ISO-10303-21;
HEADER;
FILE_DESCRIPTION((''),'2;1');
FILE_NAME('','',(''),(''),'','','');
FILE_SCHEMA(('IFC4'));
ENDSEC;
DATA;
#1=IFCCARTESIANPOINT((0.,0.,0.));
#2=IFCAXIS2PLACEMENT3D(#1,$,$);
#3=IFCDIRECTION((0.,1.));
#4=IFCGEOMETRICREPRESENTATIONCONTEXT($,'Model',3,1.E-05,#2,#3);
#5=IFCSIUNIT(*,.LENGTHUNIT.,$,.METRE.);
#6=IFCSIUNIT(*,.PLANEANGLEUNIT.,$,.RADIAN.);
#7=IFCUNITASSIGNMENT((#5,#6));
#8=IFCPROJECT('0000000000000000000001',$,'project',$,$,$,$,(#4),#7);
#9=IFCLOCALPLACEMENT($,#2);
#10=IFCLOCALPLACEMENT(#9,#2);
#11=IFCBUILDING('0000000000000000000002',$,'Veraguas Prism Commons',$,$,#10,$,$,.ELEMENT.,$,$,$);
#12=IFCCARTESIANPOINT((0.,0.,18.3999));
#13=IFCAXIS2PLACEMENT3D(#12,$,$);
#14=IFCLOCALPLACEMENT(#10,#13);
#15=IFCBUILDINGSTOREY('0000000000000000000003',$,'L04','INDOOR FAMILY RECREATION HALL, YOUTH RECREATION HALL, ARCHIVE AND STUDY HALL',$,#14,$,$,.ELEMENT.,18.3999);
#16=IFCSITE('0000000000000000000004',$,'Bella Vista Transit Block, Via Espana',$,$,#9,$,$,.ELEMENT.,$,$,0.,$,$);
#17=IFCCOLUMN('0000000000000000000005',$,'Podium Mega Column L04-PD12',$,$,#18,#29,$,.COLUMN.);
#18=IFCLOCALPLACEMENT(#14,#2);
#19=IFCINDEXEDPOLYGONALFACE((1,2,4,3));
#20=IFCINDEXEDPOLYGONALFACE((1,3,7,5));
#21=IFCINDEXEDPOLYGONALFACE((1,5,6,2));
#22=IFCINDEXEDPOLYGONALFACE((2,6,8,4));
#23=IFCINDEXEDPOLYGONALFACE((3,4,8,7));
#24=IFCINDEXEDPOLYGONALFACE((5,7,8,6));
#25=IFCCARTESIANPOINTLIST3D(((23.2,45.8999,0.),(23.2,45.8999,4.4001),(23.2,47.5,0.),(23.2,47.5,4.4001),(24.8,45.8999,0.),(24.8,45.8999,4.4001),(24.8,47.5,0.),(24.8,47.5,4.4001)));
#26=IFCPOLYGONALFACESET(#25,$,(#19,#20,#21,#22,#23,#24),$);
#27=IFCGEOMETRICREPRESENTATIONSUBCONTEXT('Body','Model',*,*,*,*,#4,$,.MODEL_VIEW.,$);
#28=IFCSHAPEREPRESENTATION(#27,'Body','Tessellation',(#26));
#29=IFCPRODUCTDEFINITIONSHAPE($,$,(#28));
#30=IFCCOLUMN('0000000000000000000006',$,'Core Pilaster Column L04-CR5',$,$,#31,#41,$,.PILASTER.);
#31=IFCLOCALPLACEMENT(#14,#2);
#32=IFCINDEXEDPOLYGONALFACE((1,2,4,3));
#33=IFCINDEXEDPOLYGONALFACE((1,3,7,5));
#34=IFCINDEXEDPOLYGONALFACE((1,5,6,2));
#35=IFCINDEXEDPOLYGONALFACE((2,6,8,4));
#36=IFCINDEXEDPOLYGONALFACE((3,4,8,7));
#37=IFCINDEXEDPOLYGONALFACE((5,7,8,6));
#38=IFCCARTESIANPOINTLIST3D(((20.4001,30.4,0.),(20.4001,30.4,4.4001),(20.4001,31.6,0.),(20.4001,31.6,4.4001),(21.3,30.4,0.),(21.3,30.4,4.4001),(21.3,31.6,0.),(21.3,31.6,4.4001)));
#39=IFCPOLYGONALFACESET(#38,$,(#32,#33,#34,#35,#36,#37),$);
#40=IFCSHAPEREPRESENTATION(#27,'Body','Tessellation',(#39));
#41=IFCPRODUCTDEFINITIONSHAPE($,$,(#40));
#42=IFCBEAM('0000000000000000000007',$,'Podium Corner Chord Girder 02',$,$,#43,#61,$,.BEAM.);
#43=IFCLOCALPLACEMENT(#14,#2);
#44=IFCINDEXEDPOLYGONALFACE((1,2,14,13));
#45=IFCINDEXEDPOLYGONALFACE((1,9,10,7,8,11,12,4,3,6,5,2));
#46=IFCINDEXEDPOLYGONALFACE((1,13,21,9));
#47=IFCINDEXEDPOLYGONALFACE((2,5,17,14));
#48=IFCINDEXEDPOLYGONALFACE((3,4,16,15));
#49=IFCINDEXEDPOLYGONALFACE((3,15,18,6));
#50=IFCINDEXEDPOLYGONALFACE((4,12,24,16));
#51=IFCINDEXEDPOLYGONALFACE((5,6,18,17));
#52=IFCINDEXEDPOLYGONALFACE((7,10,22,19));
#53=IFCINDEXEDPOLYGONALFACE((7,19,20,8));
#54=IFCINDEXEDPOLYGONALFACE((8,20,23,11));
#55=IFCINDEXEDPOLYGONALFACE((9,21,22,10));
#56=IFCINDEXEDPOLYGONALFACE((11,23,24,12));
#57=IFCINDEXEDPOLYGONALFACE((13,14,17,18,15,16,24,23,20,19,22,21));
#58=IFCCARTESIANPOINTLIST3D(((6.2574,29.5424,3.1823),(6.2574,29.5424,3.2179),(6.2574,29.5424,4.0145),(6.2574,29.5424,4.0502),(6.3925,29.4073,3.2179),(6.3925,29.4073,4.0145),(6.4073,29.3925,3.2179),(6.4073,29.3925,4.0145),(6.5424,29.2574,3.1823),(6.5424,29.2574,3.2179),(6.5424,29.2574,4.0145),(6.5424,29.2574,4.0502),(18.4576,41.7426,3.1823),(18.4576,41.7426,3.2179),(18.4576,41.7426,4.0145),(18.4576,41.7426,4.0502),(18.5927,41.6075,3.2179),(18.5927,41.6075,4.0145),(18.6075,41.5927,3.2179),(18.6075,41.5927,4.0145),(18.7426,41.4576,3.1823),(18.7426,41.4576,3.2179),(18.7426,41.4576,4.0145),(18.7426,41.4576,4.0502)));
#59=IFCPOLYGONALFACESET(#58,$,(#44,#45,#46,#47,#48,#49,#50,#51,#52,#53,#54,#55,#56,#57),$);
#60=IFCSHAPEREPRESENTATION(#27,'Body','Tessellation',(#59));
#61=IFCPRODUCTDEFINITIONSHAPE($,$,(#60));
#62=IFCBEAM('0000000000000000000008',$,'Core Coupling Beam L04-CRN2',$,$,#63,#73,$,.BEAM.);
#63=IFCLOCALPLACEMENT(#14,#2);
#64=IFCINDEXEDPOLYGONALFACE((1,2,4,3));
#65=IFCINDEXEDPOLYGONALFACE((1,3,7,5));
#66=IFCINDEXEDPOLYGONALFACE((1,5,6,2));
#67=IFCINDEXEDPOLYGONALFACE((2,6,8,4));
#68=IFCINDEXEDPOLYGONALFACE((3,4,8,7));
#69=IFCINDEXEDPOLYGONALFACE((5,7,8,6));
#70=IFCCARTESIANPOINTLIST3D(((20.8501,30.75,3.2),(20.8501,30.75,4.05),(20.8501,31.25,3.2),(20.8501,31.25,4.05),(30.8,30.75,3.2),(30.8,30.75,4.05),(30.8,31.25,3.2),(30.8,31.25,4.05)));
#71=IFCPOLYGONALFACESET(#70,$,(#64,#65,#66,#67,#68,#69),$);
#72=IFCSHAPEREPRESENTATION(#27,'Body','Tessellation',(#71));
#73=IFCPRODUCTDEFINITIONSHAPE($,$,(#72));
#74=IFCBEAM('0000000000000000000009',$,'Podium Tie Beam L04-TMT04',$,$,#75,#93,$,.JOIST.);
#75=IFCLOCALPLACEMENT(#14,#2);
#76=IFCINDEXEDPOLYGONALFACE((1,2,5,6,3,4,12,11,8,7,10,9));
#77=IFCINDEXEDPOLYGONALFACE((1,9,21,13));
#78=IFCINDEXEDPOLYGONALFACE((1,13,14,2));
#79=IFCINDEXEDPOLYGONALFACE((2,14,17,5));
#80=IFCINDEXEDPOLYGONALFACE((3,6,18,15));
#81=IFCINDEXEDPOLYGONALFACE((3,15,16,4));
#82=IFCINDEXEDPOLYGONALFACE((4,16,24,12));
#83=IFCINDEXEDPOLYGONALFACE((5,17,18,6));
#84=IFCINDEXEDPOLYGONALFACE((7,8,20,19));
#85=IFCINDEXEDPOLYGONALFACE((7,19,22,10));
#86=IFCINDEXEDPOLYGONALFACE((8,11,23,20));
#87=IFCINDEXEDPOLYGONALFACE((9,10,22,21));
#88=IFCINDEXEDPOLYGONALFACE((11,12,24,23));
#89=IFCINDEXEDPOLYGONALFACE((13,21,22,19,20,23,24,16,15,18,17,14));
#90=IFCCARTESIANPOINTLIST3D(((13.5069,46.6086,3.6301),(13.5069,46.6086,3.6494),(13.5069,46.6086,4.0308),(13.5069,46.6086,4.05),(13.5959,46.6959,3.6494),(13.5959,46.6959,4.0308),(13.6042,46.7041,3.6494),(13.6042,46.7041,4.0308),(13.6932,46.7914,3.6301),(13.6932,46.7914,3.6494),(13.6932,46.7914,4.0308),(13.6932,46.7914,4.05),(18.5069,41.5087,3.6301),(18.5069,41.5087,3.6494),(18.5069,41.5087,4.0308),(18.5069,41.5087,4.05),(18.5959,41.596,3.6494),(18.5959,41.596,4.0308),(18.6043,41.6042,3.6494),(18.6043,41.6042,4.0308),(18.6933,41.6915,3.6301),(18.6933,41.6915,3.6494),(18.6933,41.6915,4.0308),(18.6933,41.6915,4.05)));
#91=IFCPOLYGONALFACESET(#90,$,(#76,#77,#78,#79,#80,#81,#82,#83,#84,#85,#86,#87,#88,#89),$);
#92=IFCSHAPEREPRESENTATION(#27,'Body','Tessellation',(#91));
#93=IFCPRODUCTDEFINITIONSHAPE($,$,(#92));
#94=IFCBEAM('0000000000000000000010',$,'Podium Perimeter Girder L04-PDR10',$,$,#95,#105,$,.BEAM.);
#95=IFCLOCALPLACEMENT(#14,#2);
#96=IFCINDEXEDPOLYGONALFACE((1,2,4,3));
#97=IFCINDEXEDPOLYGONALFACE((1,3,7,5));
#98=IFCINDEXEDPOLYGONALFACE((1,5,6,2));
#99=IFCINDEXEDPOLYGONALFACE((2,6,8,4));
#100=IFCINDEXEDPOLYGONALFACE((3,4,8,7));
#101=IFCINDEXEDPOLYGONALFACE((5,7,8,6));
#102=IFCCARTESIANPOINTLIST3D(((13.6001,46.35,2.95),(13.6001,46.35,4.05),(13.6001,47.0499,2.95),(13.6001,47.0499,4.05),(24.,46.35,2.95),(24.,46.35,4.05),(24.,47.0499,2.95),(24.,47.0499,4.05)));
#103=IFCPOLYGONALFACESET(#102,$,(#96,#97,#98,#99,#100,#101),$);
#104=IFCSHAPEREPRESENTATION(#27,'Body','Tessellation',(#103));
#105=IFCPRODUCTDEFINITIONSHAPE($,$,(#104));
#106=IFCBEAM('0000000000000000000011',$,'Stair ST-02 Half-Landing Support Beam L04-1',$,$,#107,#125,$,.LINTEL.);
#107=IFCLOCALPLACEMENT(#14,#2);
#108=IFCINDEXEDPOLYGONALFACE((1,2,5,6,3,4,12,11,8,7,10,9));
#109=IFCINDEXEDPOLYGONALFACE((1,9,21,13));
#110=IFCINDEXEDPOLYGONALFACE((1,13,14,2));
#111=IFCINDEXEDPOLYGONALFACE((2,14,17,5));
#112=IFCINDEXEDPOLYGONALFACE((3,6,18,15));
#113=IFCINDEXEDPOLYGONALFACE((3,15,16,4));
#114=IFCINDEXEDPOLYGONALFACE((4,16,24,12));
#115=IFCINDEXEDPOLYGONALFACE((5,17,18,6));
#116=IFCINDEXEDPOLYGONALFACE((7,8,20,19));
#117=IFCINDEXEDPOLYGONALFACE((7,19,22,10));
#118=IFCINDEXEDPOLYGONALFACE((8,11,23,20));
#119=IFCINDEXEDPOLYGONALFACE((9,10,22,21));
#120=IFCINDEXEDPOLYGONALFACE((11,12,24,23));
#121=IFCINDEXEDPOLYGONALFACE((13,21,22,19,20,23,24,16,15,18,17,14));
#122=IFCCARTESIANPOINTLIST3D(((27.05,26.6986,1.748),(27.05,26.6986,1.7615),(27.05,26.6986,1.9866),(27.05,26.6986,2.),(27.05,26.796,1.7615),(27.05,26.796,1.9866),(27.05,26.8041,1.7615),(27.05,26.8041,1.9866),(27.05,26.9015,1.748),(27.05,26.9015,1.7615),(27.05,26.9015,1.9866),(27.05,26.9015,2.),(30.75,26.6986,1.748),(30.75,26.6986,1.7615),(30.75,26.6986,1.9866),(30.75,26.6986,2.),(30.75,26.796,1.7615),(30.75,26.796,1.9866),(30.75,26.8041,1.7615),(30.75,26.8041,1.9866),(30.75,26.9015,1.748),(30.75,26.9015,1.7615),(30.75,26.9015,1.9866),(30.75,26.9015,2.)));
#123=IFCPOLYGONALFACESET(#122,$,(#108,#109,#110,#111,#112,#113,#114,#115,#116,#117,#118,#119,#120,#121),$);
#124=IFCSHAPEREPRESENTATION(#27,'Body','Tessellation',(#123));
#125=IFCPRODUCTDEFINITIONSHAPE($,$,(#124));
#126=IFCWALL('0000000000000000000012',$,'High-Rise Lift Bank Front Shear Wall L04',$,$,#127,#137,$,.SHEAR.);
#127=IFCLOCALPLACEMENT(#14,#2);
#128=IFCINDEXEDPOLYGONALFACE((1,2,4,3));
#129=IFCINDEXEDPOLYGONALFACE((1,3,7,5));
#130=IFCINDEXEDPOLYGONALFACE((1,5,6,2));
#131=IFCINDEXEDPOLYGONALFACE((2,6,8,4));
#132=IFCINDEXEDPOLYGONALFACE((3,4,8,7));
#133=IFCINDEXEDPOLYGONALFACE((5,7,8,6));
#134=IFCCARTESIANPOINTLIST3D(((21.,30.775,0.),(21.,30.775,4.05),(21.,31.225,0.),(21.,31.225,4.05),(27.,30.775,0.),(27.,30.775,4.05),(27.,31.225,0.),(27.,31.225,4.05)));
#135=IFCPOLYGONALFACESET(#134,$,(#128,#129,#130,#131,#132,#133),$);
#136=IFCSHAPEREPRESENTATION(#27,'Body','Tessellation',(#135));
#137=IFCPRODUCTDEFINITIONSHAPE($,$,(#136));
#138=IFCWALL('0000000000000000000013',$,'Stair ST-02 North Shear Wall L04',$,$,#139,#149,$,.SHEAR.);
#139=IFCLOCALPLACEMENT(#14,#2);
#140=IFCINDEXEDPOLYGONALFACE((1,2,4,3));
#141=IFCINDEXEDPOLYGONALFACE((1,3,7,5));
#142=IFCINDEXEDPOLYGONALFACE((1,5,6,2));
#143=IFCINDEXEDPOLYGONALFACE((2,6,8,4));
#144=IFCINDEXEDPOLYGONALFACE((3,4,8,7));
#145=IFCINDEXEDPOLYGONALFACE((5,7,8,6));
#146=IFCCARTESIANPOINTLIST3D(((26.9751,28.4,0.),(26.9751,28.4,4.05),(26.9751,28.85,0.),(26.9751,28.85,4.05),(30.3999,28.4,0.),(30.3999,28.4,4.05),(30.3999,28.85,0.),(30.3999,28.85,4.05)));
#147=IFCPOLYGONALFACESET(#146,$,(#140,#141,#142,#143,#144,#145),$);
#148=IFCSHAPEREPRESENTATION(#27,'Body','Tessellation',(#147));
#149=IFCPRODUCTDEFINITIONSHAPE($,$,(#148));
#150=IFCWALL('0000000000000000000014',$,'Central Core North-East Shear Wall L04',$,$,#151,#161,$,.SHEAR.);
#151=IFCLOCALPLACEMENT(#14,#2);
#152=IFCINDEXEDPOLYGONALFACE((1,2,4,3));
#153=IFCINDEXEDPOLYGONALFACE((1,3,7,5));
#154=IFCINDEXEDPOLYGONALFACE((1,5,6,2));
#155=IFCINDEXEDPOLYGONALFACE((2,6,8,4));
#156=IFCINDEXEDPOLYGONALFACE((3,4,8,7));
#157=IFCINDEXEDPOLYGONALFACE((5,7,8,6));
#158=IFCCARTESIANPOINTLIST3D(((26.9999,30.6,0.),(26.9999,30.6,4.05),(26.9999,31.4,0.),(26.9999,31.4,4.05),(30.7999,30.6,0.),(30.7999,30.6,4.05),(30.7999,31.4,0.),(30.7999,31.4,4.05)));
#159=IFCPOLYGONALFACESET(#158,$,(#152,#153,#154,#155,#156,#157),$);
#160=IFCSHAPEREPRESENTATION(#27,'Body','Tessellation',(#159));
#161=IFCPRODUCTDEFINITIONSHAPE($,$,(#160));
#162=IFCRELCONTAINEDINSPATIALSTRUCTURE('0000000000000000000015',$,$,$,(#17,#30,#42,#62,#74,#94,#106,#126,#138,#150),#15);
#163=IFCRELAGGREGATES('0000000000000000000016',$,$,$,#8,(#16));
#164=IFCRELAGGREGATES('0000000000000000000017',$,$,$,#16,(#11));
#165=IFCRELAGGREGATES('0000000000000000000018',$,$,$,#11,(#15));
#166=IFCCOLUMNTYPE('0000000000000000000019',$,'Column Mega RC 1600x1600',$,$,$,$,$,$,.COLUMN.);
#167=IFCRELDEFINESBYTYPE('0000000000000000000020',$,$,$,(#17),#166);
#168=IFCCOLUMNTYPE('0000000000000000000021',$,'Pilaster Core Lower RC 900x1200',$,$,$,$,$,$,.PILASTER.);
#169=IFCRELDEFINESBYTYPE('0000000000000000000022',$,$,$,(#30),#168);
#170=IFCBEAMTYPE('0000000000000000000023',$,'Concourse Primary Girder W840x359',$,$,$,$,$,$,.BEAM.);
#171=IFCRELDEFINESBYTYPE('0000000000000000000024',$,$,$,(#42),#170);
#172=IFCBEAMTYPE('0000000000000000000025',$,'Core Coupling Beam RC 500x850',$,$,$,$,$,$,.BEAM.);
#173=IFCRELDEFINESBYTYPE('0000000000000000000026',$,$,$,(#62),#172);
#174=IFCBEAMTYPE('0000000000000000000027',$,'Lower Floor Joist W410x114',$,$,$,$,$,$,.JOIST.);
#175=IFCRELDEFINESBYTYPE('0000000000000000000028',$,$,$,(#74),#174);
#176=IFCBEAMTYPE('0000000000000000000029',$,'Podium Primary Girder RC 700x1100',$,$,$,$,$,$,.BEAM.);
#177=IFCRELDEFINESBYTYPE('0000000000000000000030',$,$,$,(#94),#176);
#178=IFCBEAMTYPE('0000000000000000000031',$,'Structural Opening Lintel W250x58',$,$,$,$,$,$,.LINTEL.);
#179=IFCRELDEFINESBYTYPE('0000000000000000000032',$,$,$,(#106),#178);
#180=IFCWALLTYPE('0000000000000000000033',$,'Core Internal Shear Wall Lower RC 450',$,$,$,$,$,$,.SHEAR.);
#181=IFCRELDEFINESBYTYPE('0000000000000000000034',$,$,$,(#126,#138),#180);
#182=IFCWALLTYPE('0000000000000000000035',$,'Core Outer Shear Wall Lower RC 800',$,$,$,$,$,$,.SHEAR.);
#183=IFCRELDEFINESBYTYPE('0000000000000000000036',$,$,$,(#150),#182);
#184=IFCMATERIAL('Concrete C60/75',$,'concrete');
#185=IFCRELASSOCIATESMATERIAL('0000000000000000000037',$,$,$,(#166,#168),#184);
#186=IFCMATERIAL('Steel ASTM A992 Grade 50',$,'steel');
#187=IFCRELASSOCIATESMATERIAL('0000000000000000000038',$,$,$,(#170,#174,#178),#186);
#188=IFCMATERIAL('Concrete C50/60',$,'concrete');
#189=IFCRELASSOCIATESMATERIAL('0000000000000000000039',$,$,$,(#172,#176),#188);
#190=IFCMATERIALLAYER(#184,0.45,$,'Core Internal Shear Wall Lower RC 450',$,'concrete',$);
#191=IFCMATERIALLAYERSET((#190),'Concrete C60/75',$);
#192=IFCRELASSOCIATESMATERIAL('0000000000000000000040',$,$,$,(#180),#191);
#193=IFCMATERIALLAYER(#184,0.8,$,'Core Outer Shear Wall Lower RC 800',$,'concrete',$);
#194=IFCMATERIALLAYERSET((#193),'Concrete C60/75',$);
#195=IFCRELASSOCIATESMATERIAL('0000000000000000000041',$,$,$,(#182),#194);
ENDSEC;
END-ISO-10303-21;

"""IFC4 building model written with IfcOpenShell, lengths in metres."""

from ifc_helpers import new_model, si_unit, direction, frame, frame_2d, origin, origin_2d, place, context, subcontext, project, spatial, rectangle, i_section, extrude, material, layer, layer_set, material_profile, profile_set, type_object, element, save


model = new_model("IFC4")

# Units and contexts
model_context = context("Model", 3, precision=1e-05, world=origin(), true_north=direction((0.0, 1.0)))
body_context = subcontext(model_context, "Body", "Model", "MODEL_VIEW")
ifc_project = project(units=[si_unit("LENGTHUNIT", "METRE"), si_unit("PLANEANGLEUNIT", "RADIAN")], contexts=[model_context])

# Site, building, storey
site_placement = place(None, origin())
site = spatial("IfcSite", under=ifc_project, at=site_placement, Name="Bella Vista Transit Block, Via Espana", CompositionType="ELEMENT", RefElevation=0.0)
building_placement = place(site_placement, origin())
building = spatial("IfcBuilding", under=site, at=building_placement, Name="Veraguas Prism Commons", CompositionType="ELEMENT")
storey_placement = place(building_placement, frame((0.0, 0.0, 18.3999)))
storey = spatial("IfcBuildingStorey", under=building, at=storey_placement, Name="L04", Description="INDOOR FAMILY RECREATION HALL, YOUTH RECREATION HALL, ARCHIVE AND STUDY HALL", CompositionType="ELEMENT", Elevation=18.3999)

# Columns
ifc_material_1 = material(Name="Concrete C60/75", Category="concrete")
ifc_material_profile_1 = material_profile(ifc_material_1, rectangle(XDim=1.6001, YDim=1.6001, at=origin_2d()), Name="RC1600X1600")
ifc_profile_set_1 = profile_set([ifc_material_profile_1], Name="Concrete C60/75")
column_type_1 = type_object("IfcColumnType", Name="Column Mega RC 1600x1600", PredefinedType="COLUMN", material=ifc_profile_set_1)
column_1_placement = place(storey_placement, frame((24.0, 46.7, 0.0), z_axis=(0.0, 0.0, 1.0), x_axis=(1.0, 0.0, 0.0)))
element("IfcColumn", 1, at=column_1_placement, inside=storey, type_object=column_type_1, Name="Podium Mega Column L04-PD12", PredefinedType="COLUMN", context=body_context, shape_type="SweptSolid", body=[
    extrude(rectangle(XDim=1.6001, YDim=1.6001, at=origin_2d()), origin(), (0.0, 0.0, 1.0), 4.4001),
])
ifc_material_profile_2 = material_profile(ifc_material_1, rectangle(XDim=0.8999, YDim=1.2, at=origin_2d()), Name="RC900X1200")
ifc_profile_set_2 = profile_set([ifc_material_profile_2], Name="Concrete C60/75")
column_type_2 = type_object("IfcColumnType", Name="Pilaster Core Lower RC 900x1200", PredefinedType="PILASTER", material=ifc_profile_set_2)
column_2_placement = place(storey_placement, frame((20.8501, 31.0, 0.0), z_axis=(0.0, 0.0, 1.0), x_axis=(1.0, 0.0, 0.0)))
element("IfcColumn", 2, at=column_2_placement, inside=storey, type_object=column_type_2, Name="Core Pilaster Column L04-CR5", PredefinedType="PILASTER", context=body_context, shape_type="SweptSolid", body=[
    extrude(rectangle(XDim=0.8999, YDim=1.2, at=origin_2d()), origin(), (0.0, 0.0, 1.0), 4.4001),
])

# Beams
ifc_material_2 = material(Name="Steel ASTM A992 Grade 50", Category="steel")
ifc_material_profile_3 = material_profile(ifc_material_2, i_section(OverallWidth=0.4031, OverallDepth=0.8679, WebThickness=0.021, FlangeThickness=0.0356, at=origin_2d()), Name="W840X359")
ifc_profile_set_3 = profile_set([ifc_material_profile_3], Name="Steel ASTM A992 Grade 50")
beam_type_1 = type_object("IfcBeamType", Name="Concourse Primary Girder W840x359", PredefinedType="BEAM", material=ifc_profile_set_3)
beam_1_placement = place(storey_placement, frame((18.6001, 41.6001, 3.6162), z_axis=(-0.707107, -0.707107, 0.0), x_axis=(0.707107, -0.707107, 0.0)))
element("IfcBeam", 3, at=beam_1_placement, inside=storey, type_object=beam_type_1, Name="Podium Corner Chord Girder 02", PredefinedType="BEAM", context=body_context, shape_type="SweptSolid", body=[
    extrude(i_section(OverallWidth=0.4031, OverallDepth=0.8679, WebThickness=0.021, FlangeThickness=0.0356, at=origin_2d()), origin(), (0.0, 0.0, 1.0), 17.2537),
])
ifc_material_3 = material(Name="Concrete C50/60", Category="concrete")
ifc_material_profile_4 = material_profile(ifc_material_3, rectangle(XDim=0.5, YDim=0.8501, at=origin_2d()), Name="RC500X850")
ifc_profile_set_4 = profile_set([ifc_material_profile_4], Name="Concrete C50/60")
beam_type_2 = type_object("IfcBeamType", Name="Core Coupling Beam RC 500x850", PredefinedType="BEAM", material=ifc_profile_set_4)
beam_2_placement = place(storey_placement, frame((20.8501, 31.0, 3.625), z_axis=(1.0, 0.0, 0.0), x_axis=(0.0, 1.0, 0.0)))
element("IfcBeam", 4, at=beam_2_placement, inside=storey, type_object=beam_type_2, Name="Core Coupling Beam L04-CRN2", PredefinedType="BEAM", context=body_context, shape_type="SweptSolid", body=[
    extrude(rectangle(XDim=0.5, YDim=0.8501, at=origin_2d()), origin(), (0.0, 0.0, 1.0), 9.95),
])
ifc_material_profile_5 = material_profile(ifc_material_2, i_section(OverallWidth=0.261, OverallDepth=0.4199, WebThickness=0.0117, FlangeThickness=0.0193, at=origin_2d()), Name="W410X114")
ifc_profile_set_5 = profile_set([ifc_material_profile_5], Name="Steel ASTM A992 Grade 50")
beam_type_3 = type_object("IfcBeamType", Name="Lower Floor Joist W410x114", PredefinedType="JOIST", material=ifc_profile_set_5)
beam_3_placement = place(storey_placement, frame((18.6001, 41.6001, 3.8401), z_axis=(-0.700082, 0.714063, 0.0), x_axis=(-0.714063, -0.700082, 0.0)))
element("IfcBeam", 5, at=beam_3_placement, inside=storey, type_object=beam_type_3, Name="Podium Tie Beam L04-TMT04", PredefinedType="JOIST", context=body_context, shape_type="SweptSolid", body=[
    extrude(i_section(OverallWidth=0.261, OverallDepth=0.4199, WebThickness=0.0117, FlangeThickness=0.0193, at=origin_2d()), origin(), (0.0, 0.0, 1.0), 7.1421),
])
ifc_material_profile_6 = material_profile(ifc_material_3, rectangle(XDim=0.7, YDim=1.1001, at=origin_2d()), Name="RC700X1100")
ifc_profile_set_6 = profile_set([ifc_material_profile_6], Name="Concrete C50/60")
beam_type_4 = type_object("IfcBeamType", Name="Podium Primary Girder RC 700x1100", PredefinedType="BEAM", material=ifc_profile_set_6)
beam_4_placement = place(storey_placement, frame((24.0, 46.7, 3.5), z_axis=(-1.0, 0.0, 0.0), x_axis=(0.0, -1.0, 0.0)))
element("IfcBeam", 6, at=beam_4_placement, inside=storey, type_object=beam_type_4, Name="Podium Perimeter Girder L04-PDR10", PredefinedType="BEAM", context=body_context, shape_type="SweptSolid", body=[
    extrude(rectangle(XDim=0.7, YDim=1.1001, at=origin_2d()), origin(), (0.0, 0.0, 1.0), 10.3999),
])
ifc_material_profile_7 = material_profile(ifc_material_2, i_section(OverallWidth=0.2029, OverallDepth=0.252, WebThickness=0.0081, FlangeThickness=0.0134, at=origin_2d()), Name="W250X58")
ifc_profile_set_7 = profile_set([ifc_material_profile_7], Name="Steel ASTM A992 Grade 50")
beam_type_5 = type_object("IfcBeamType", Name="Structural Opening Lintel W250x58", PredefinedType="LINTEL", material=ifc_profile_set_7)
beam_5_placement = place(storey_placement, frame((27.05, 26.8, 1.874), z_axis=(1.0, 0.0, 0.0), x_axis=(0.0, 1.0, 0.0)))
element("IfcBeam", 7, at=beam_5_placement, inside=storey, type_object=beam_type_5, Name="Stair ST-02 Half-Landing Support Beam L04-1", PredefinedType="LINTEL", context=body_context, shape_type="SweptSolid", body=[
    extrude(i_section(OverallWidth=0.2029, OverallDepth=0.252, WebThickness=0.0081, FlangeThickness=0.0134, at=origin_2d()), origin(), (0.0, 0.0, 1.0), 3.7),
])

# Walls
ifc_layer_1 = layer(ifc_material_1, 0.45, Name="Core Internal Shear Wall Lower RC 450", Category="concrete")
ifc_layer_set_1 = layer_set([ifc_layer_1], Name="Concrete C60/75")
wall_type_1 = type_object("IfcWallType", Name="Core Internal Shear Wall Lower RC 450", PredefinedType="SHEAR", material=ifc_layer_set_1)
wall_1_placement = place(storey_placement, frame((21.0, 31.0, 0.0), z_axis=(0.0, 0.0, 1.0), x_axis=(1.0, 0.0, 0.0)))
element("IfcWall", 8, at=wall_1_placement, inside=storey, type_object=wall_type_1, Name="High-Rise Lift Bank Front Shear Wall L04", PredefinedType="SHEAR", context=body_context, shape_type="SweptSolid", body=[
    extrude(rectangle(XDim=6.0, YDim=0.45, at=frame_2d((3.0, 0.0))), origin(), (0.0, 0.0, 1.0), 4.05),
])
wall_2_placement = place(storey_placement, frame((26.9751, 28.625, 0.0), z_axis=(0.0, 0.0, 1.0), x_axis=(1.0, 0.0, 0.0)))
element("IfcWall", 9, at=wall_2_placement, inside=storey, type_object=wall_type_1, Name="Stair ST-02 North Shear Wall L04", PredefinedType="SHEAR", context=body_context, shape_type="SweptSolid", body=[
    extrude(rectangle(XDim=3.4248, YDim=0.45, at=frame_2d((1.7124, 0.0))), origin(), (0.0, 0.0, 1.0), 4.05),
])
ifc_layer_2 = layer(ifc_material_1, 0.8, Name="Core Outer Shear Wall Lower RC 800", Category="concrete")
ifc_layer_set_2 = layer_set([ifc_layer_2], Name="Concrete C60/75")
wall_type_2 = type_object("IfcWallType", Name="Core Outer Shear Wall Lower RC 800", PredefinedType="SHEAR", material=ifc_layer_set_2)
wall_3_placement = place(storey_placement, frame((27.0, 31.0, 0.0), z_axis=(0.0, 0.0, 1.0), x_axis=(1.0, 0.0, 0.0)))
element("IfcWall", 10, at=wall_3_placement, inside=storey, type_object=wall_type_2, Name="Central Core North-East Shear Wall L04", PredefinedType="SHEAR", context=body_context, shape_type="SweptSolid", body=[
    extrude(rectangle(XDim=3.8, YDim=0.8, at=frame_2d((1.8999, 0.0))), origin(), (0.0, 0.0, 1.0), 4.05),
])

save(model, "model.ifc")
